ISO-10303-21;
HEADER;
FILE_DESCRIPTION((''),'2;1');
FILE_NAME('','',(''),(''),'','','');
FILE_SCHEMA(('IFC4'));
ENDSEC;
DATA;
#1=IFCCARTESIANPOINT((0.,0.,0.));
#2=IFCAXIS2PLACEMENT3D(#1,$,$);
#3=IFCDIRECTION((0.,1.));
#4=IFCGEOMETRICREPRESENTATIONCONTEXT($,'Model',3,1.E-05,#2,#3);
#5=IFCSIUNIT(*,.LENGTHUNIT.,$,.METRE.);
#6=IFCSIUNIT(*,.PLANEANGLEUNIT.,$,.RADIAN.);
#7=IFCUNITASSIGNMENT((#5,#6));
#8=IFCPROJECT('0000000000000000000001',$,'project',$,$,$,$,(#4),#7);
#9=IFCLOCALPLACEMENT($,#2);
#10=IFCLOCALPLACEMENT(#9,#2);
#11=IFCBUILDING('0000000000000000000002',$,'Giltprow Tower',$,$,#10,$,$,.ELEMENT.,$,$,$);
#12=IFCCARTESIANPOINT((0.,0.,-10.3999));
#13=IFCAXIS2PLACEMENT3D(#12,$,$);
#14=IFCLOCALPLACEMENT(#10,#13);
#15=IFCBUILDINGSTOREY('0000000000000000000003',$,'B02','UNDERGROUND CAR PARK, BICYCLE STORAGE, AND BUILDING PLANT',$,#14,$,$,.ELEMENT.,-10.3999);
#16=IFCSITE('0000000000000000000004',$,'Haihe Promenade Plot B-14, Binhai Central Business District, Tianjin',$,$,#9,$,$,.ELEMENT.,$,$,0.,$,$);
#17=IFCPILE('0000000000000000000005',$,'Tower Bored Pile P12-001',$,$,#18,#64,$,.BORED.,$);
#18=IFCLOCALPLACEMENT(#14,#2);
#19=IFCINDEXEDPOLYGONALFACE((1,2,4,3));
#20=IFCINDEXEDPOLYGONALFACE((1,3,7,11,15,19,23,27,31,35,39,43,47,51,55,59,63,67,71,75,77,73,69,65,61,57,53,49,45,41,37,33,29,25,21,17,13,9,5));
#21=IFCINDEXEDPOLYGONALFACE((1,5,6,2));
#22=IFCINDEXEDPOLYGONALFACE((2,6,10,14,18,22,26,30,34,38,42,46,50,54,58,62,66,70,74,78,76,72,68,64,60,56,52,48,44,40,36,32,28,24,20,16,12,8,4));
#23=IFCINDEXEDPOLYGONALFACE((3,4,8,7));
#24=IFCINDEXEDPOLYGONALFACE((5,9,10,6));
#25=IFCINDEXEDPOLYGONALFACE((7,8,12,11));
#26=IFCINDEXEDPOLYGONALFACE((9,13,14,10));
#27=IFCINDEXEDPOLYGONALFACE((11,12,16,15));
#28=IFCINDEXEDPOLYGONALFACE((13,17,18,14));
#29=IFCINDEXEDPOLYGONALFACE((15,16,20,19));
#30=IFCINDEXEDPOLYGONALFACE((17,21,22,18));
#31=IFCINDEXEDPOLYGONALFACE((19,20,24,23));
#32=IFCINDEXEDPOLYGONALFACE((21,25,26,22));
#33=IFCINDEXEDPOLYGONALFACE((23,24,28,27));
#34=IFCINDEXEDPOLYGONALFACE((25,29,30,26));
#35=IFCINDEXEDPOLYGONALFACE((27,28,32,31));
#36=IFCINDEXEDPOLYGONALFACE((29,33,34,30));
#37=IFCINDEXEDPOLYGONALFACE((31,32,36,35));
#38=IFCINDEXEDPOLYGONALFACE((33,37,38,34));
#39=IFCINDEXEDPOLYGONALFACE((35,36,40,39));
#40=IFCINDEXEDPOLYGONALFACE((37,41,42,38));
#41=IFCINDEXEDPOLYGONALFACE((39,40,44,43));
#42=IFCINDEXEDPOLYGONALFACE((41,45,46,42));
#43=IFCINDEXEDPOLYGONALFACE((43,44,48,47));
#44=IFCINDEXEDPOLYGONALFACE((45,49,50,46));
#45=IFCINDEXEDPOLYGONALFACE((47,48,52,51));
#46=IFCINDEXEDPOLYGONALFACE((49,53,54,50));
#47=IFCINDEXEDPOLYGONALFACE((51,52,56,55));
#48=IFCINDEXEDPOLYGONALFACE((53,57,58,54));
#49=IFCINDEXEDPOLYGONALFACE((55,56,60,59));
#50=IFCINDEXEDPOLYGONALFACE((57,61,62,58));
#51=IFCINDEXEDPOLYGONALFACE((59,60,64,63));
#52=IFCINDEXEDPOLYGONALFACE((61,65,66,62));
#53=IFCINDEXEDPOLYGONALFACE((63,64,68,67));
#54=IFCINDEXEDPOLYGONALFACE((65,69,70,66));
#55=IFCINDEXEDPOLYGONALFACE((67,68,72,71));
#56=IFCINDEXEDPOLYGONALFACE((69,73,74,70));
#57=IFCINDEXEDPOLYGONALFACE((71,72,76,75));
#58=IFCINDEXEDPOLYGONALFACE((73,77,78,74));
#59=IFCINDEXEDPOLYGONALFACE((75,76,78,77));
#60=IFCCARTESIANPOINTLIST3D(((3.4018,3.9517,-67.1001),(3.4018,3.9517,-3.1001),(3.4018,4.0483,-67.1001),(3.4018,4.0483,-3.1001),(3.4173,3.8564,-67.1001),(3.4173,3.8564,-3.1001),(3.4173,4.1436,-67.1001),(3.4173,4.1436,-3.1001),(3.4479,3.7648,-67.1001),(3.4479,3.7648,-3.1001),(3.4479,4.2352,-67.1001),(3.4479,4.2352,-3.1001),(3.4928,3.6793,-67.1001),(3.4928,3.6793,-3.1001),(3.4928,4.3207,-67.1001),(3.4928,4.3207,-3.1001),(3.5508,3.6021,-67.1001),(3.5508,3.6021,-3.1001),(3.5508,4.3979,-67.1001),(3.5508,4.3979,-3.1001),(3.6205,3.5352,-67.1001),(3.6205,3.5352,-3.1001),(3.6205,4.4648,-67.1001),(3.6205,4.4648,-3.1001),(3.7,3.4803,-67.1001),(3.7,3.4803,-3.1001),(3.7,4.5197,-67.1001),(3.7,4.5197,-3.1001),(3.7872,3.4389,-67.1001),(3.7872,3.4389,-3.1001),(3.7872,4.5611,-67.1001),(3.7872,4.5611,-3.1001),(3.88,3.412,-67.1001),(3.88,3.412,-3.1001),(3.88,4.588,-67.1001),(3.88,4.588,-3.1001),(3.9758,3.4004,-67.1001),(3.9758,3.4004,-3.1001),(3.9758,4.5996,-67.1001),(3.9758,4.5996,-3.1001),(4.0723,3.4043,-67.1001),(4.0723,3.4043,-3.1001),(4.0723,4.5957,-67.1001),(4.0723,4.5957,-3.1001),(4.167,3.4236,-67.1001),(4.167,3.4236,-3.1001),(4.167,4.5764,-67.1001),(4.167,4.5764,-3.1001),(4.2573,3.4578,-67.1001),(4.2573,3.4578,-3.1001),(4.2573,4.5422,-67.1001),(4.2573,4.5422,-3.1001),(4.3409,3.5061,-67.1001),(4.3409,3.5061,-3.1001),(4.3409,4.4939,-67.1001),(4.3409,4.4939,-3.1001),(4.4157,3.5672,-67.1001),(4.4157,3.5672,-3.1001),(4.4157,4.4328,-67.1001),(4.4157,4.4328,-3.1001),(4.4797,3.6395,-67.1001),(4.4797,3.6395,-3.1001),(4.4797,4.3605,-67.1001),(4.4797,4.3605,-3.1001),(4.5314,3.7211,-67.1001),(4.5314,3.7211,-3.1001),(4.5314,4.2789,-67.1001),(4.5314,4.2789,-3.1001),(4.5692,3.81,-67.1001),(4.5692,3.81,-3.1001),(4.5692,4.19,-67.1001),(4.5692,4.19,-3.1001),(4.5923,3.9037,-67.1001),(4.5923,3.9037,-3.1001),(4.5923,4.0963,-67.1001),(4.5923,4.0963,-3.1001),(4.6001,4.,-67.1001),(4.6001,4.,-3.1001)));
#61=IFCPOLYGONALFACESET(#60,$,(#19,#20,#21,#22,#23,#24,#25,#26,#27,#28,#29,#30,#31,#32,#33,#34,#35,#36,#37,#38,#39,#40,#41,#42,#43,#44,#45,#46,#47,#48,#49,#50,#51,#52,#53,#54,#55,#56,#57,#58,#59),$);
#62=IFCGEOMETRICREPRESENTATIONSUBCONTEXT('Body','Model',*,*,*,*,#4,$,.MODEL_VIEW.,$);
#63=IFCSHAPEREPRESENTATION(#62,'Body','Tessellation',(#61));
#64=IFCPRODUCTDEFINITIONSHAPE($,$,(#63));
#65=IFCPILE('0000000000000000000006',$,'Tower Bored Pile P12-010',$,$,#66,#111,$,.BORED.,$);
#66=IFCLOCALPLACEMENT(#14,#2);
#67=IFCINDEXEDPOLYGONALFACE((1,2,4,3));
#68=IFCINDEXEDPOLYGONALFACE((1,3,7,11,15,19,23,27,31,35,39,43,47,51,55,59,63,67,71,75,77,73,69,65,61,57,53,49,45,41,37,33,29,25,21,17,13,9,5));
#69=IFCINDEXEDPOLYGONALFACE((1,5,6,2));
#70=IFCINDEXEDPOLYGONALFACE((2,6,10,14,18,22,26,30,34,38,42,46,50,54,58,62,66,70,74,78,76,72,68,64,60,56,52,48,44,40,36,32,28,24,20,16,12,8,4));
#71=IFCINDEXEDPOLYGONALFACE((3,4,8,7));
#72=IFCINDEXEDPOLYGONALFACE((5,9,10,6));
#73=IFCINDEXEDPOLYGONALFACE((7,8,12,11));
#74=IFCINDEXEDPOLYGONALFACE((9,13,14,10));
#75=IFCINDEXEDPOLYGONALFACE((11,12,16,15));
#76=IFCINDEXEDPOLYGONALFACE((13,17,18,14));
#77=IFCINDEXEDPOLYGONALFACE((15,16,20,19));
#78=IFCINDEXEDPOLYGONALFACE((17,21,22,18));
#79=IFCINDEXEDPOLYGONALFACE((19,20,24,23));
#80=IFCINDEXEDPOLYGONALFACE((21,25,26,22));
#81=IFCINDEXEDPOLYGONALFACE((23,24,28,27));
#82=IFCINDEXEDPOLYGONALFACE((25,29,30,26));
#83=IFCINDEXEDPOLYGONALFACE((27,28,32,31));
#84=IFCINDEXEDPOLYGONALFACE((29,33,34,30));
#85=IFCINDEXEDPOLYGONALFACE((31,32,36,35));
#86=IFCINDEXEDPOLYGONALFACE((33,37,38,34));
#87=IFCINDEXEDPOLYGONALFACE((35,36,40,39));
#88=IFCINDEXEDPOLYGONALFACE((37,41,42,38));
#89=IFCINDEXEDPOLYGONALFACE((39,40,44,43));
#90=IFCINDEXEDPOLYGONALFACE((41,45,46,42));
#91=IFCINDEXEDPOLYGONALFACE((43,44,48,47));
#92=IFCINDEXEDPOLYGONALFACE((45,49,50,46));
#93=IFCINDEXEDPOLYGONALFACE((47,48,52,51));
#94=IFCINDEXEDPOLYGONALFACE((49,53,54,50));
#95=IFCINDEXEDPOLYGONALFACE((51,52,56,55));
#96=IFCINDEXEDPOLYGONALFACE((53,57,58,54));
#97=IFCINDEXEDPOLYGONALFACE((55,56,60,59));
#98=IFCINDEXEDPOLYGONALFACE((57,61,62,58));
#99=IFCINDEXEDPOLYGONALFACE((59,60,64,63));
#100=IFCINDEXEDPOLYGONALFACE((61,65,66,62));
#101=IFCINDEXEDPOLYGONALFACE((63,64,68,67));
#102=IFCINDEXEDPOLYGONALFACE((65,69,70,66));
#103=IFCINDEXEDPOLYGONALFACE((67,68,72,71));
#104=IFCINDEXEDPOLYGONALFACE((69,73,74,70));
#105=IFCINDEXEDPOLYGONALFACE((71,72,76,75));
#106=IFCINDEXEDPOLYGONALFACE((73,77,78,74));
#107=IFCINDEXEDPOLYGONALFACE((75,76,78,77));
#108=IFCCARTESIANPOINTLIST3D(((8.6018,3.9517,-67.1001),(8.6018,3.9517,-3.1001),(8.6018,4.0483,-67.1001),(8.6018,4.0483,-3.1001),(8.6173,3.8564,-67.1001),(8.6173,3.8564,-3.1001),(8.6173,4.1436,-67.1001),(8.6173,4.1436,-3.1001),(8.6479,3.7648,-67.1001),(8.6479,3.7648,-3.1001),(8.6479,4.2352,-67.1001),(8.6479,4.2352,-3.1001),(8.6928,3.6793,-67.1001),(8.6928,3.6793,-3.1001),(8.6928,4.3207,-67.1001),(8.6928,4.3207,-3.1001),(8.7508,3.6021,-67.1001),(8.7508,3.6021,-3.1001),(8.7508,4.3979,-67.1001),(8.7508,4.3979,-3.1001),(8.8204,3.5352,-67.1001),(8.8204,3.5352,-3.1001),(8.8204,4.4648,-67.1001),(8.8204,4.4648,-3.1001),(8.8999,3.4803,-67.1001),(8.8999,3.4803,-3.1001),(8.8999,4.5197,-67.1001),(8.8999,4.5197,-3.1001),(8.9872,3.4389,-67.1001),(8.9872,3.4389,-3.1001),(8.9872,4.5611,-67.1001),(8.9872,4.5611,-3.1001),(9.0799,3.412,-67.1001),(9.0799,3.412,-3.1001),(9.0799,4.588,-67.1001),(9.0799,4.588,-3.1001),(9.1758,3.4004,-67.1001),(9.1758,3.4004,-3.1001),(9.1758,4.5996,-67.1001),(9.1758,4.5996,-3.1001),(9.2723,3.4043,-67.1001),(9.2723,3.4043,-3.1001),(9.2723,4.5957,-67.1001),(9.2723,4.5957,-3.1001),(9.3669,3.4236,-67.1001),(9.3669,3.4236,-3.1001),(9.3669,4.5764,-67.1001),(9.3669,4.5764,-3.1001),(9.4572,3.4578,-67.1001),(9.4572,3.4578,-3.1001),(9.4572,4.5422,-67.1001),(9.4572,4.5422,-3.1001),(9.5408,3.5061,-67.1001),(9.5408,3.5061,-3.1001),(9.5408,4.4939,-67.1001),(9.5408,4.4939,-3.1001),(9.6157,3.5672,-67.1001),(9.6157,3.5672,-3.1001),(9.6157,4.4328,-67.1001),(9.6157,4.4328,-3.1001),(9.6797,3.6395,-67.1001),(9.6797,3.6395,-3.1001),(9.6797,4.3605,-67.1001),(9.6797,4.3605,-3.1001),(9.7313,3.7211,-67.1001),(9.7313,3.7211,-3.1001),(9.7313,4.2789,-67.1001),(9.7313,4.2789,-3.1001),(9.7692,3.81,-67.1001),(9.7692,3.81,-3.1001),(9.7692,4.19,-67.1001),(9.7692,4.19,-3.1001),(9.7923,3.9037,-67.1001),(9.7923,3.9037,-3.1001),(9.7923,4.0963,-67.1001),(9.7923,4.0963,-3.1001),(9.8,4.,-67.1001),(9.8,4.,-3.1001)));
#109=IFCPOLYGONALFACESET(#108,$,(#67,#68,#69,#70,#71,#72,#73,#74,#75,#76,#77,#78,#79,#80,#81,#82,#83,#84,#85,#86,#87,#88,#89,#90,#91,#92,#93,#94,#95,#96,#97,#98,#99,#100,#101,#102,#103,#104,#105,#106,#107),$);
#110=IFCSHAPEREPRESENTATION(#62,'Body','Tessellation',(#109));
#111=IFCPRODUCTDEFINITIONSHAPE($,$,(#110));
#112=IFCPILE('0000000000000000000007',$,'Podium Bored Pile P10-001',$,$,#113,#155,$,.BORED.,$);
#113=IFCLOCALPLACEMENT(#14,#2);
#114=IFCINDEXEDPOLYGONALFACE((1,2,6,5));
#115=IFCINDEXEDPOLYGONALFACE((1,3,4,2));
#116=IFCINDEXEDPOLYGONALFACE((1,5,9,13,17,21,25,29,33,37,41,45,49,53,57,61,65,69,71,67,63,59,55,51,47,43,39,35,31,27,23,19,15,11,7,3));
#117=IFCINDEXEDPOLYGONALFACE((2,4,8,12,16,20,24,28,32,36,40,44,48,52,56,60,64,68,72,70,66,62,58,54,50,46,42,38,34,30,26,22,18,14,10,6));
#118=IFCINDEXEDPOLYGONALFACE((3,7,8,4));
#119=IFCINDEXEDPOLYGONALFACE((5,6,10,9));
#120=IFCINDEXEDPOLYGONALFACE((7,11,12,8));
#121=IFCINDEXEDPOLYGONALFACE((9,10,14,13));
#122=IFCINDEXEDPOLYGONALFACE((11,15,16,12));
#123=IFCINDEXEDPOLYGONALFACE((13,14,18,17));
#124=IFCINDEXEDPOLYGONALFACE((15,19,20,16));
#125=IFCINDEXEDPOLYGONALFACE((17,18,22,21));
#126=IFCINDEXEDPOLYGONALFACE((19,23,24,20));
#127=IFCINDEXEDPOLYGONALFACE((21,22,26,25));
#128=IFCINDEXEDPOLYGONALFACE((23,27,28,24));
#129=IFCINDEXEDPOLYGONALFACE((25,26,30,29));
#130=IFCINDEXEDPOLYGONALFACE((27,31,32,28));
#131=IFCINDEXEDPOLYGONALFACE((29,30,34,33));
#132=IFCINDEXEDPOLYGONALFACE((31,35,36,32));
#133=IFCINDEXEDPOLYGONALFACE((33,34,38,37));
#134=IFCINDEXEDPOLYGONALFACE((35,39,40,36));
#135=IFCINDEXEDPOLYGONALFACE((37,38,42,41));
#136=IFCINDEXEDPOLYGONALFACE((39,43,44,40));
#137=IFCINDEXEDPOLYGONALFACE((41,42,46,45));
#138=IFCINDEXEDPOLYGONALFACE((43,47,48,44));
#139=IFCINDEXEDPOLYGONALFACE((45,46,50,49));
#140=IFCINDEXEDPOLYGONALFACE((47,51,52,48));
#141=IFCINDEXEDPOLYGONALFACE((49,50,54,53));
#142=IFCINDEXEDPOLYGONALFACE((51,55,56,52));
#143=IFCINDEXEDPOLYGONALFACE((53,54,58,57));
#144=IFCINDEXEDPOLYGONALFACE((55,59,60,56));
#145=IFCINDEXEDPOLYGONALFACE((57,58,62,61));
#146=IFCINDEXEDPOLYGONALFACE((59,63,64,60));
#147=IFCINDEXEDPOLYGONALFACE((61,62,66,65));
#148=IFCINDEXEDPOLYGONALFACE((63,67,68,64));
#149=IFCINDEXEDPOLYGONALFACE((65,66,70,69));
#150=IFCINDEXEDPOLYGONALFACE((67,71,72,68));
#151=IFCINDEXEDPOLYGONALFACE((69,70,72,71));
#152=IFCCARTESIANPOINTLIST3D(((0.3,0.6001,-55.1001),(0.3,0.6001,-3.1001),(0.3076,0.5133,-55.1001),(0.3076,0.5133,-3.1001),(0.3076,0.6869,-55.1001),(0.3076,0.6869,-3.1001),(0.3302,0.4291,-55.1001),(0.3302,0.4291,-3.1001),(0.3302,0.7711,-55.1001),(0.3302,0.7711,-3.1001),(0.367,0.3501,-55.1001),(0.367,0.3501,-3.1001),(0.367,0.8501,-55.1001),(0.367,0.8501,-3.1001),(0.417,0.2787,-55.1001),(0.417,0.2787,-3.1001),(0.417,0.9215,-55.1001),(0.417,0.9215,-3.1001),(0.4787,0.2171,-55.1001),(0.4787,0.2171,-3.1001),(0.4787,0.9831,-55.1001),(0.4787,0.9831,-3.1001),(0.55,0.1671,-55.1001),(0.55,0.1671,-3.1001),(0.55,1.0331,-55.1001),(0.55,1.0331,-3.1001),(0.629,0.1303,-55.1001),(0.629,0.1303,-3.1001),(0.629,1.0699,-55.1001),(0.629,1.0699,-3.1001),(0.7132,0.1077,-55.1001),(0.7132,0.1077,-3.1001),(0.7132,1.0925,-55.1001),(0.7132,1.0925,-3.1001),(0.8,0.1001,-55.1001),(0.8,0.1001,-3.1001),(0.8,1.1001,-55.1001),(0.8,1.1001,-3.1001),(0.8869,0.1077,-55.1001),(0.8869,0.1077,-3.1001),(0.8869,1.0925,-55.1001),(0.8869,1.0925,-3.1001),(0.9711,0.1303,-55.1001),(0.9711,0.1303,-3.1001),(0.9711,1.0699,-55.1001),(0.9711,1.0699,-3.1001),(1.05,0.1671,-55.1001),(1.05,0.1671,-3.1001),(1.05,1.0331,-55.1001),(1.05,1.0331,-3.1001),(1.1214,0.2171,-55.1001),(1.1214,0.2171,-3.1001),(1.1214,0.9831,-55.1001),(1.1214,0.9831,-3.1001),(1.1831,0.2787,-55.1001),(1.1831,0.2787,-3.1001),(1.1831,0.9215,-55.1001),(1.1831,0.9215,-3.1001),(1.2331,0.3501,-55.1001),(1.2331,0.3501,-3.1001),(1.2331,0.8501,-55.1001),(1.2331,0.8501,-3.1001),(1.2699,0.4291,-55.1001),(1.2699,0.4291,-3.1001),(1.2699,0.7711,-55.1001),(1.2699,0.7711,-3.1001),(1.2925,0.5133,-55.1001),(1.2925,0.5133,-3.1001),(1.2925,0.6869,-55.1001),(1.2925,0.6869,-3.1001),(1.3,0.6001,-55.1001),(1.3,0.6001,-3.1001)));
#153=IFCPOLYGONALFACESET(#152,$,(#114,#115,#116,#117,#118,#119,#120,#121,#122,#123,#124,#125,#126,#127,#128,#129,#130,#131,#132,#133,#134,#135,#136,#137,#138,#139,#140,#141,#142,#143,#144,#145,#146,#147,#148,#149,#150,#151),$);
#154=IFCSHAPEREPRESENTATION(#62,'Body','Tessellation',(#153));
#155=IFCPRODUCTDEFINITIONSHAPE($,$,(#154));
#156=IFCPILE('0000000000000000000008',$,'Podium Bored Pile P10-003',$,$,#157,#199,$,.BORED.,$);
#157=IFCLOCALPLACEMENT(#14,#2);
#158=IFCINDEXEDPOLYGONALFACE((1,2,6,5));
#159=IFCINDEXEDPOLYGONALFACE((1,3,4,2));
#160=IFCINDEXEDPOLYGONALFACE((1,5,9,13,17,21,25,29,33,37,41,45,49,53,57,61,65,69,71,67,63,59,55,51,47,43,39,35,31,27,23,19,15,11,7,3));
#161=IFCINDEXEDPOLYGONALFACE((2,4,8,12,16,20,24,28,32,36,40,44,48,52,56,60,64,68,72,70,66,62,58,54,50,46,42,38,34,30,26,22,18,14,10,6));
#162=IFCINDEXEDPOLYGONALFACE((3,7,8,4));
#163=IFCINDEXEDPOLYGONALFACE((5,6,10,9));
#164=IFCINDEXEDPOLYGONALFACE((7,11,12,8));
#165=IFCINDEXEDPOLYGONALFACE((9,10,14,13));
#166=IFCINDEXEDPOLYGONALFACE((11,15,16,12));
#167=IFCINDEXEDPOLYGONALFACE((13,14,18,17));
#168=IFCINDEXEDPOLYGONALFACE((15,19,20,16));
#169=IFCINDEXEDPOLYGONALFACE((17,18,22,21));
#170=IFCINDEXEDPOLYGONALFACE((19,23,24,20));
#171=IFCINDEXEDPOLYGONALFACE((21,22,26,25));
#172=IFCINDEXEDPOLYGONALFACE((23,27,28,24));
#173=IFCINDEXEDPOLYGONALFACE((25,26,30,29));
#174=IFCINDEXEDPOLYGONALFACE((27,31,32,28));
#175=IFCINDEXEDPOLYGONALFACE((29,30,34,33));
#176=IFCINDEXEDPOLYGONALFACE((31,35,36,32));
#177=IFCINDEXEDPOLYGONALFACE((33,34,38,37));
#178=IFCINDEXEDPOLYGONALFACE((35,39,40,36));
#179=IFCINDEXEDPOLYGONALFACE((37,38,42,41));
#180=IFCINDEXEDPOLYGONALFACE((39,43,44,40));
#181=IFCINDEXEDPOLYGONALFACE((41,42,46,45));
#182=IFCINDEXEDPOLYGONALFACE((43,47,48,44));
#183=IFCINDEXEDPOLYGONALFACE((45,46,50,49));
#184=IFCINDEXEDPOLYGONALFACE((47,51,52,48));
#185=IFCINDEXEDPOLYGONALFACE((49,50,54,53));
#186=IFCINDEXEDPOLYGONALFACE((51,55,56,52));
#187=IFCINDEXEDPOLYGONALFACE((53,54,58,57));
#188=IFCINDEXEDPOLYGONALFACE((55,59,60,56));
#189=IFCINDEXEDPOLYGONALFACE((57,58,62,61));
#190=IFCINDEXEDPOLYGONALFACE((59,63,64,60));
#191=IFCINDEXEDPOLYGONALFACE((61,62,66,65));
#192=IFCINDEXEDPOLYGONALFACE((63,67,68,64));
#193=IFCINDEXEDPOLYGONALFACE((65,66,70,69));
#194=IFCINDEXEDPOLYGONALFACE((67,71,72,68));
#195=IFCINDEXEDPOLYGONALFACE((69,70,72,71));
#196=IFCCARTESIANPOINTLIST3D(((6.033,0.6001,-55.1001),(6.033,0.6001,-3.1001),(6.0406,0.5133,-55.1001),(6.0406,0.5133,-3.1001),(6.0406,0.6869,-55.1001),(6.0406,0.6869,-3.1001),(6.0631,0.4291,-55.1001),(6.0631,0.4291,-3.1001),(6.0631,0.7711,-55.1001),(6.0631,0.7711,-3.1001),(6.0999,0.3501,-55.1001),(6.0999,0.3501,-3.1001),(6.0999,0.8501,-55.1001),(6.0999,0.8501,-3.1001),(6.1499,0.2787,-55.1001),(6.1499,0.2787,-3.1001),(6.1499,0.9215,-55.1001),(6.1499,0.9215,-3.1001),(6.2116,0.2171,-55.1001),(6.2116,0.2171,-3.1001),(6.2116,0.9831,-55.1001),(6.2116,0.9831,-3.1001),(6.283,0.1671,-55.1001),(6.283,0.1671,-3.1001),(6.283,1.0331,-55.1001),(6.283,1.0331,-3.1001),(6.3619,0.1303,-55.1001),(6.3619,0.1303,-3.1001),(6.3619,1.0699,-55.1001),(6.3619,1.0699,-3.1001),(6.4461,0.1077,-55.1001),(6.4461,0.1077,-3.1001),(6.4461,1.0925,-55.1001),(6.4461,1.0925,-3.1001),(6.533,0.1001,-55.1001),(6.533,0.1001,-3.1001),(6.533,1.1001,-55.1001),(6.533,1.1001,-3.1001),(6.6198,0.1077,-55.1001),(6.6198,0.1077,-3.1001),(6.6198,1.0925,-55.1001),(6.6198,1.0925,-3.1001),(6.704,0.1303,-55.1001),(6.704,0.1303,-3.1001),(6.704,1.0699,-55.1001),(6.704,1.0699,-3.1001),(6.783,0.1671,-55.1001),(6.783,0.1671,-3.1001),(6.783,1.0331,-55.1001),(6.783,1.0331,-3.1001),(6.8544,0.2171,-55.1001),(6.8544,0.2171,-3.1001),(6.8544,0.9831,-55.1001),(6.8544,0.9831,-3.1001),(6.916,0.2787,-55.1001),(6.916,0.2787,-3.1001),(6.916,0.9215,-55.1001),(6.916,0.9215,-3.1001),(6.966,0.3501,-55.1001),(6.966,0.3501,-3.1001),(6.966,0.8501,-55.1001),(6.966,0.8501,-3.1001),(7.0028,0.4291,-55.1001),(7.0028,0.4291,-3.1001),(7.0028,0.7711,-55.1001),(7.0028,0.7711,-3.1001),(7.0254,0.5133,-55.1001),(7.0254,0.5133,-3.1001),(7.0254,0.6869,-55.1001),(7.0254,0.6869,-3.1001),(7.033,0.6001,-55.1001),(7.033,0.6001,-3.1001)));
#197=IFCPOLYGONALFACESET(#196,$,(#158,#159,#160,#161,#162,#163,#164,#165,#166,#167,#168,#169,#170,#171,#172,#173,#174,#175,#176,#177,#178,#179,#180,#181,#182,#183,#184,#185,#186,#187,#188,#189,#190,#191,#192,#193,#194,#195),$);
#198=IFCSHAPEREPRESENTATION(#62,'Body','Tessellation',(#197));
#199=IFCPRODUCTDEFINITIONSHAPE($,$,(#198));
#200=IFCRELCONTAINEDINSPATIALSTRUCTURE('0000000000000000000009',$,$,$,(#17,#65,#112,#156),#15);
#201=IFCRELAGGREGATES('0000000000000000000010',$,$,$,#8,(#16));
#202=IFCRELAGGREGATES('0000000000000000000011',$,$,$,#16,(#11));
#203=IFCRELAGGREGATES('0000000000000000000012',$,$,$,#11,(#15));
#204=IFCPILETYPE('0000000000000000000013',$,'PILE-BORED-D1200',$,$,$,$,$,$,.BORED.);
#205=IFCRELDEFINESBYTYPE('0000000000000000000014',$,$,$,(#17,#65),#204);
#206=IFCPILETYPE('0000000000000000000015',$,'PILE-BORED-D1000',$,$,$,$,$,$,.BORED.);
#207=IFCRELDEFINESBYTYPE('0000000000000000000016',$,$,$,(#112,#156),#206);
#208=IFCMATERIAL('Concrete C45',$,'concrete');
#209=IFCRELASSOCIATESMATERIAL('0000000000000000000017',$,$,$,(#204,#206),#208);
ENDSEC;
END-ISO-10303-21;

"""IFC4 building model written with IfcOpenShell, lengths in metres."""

from ifc_helpers import new_model, si_unit, direction, frame, origin, origin_2d, place, context, subcontext, project, spatial, circle, extrude, source, transform, mapped, material, material_profile, profile_set, type_object, element, save


model = new_model("IFC4")

# Units and contexts
model_context = context("Model", 3, precision=1e-05, world=origin(), true_north=direction((0.0, 1.0)))
body_context = subcontext(model_context, "Body", "Model", "MODEL_VIEW")
ifc_project = project(units=[si_unit("LENGTHUNIT", "METRE"), si_unit("PLANEANGLEUNIT", "RADIAN")], contexts=[model_context])

# Site, building, storey
site_placement = place(None, origin())
site = spatial("IfcSite", under=ifc_project, at=site_placement, Name="Haihe Promenade Plot B-14, Binhai Central Business District, Tianjin", CompositionType="ELEMENT", RefElevation=0.0)
building_placement = place(site_placement, origin())
building = spatial("IfcBuilding", under=site, at=building_placement, Name="Giltprow Tower", CompositionType="ELEMENT")
storey_placement = place(building_placement, frame((0.0, 0.0, -10.3999)))
storey = spatial("IfcBuildingStorey", under=building, at=storey_placement, Name="B02", Description="UNDERGROUND CAR PARK, BICYCLE STORAGE, AND BUILDING PLANT", CompositionType="ELEMENT", Elevation=-10.3999)

# Piles
ifc_material_1 = material(Name="Concrete C45", Category="concrete")
ifc_material_profile_1 = material_profile(ifc_material_1, circle(Radius=0.6001, at=origin_2d()), Name="PILE D1200")
ifc_profile_set_1 = profile_set([ifc_material_profile_1], Name="Concrete C45")
pile_type_1 = type_object("IfcPileType", Name="PILE-BORED-D1200", PredefinedType="BORED", material=ifc_profile_set_1)
shared_shape_1 = source(origin(), body_context, "Body", "SweptSolid", [
    extrude(circle(Radius=0.6001, at=origin_2d()), origin(), (0.0, 0.0, 1.0), 64.0),
])
for number, where, z_axis, x_axis, name in (
    (1, (4.0, 4.0, -3.1001), (0.0, 0.0, -1.0), (1.0, 0.0, 0.0), "Tower Bored Pile P12-001"),
    (2, (9.2, 4.0, -3.1001), (0.0, 0.0, -1.0), (1.0, 0.0, 0.0), "Tower Bored Pile P12-010"),
):
    element("IfcPile", number, at=place(storey_placement, frame(where, z_axis=z_axis, x_axis=x_axis)), inside=storey, type_object=pile_type_1, Name=name, PredefinedType="BORED", context=body_context, shape_type="MappedRepresentation", body=[
        mapped(shared_shape_1, transform((0.0, 0.0, 0.0), x_axis=(1.0, 0.0, 0.0), y_axis=(0.0, 1.0, 0.0), z_axis=(0.0, 0.0, 1.0), scale=1.0)),
    ])
ifc_material_profile_2 = material_profile(ifc_material_1, circle(Radius=0.5, at=origin_2d()), Name="PILE D1000")
ifc_profile_set_2 = profile_set([ifc_material_profile_2], Name="Concrete C45")
pile_type_2 = type_object("IfcPileType", Name="PILE-BORED-D1000", PredefinedType="BORED", material=ifc_profile_set_2)
shared_shape_2 = source(origin(), body_context, "Body", "SweptSolid", [
    extrude(circle(Radius=0.5, at=origin_2d()), origin(), (0.0, 0.0, 1.0), 52.0),
])
for number, where, z_axis, x_axis, name in (
    (3, (0.8, 0.6001, -3.1001), (0.0, 0.0, -1.0), (1.0, 0.0, 0.0), "Podium Bored Pile P10-001"),
    (4, (6.533, 0.6001, -3.1001), (0.0, 0.0, -1.0), (1.0, 0.0, 0.0), "Podium Bored Pile P10-003"),
):
    element("IfcPile", number, at=place(storey_placement, frame(where, z_axis=z_axis, x_axis=x_axis)), inside=storey, type_object=pile_type_2, Name=name, PredefinedType="BORED", context=body_context, shape_type="MappedRepresentation", body=[
        mapped(shared_shape_2, transform((0.0, 0.0, 0.0), x_axis=(1.0, 0.0, 0.0), y_axis=(0.0, 1.0, 0.0), z_axis=(0.0, 0.0, 1.0), scale=1.0)),
    ])

save(model, "model.ifc")
